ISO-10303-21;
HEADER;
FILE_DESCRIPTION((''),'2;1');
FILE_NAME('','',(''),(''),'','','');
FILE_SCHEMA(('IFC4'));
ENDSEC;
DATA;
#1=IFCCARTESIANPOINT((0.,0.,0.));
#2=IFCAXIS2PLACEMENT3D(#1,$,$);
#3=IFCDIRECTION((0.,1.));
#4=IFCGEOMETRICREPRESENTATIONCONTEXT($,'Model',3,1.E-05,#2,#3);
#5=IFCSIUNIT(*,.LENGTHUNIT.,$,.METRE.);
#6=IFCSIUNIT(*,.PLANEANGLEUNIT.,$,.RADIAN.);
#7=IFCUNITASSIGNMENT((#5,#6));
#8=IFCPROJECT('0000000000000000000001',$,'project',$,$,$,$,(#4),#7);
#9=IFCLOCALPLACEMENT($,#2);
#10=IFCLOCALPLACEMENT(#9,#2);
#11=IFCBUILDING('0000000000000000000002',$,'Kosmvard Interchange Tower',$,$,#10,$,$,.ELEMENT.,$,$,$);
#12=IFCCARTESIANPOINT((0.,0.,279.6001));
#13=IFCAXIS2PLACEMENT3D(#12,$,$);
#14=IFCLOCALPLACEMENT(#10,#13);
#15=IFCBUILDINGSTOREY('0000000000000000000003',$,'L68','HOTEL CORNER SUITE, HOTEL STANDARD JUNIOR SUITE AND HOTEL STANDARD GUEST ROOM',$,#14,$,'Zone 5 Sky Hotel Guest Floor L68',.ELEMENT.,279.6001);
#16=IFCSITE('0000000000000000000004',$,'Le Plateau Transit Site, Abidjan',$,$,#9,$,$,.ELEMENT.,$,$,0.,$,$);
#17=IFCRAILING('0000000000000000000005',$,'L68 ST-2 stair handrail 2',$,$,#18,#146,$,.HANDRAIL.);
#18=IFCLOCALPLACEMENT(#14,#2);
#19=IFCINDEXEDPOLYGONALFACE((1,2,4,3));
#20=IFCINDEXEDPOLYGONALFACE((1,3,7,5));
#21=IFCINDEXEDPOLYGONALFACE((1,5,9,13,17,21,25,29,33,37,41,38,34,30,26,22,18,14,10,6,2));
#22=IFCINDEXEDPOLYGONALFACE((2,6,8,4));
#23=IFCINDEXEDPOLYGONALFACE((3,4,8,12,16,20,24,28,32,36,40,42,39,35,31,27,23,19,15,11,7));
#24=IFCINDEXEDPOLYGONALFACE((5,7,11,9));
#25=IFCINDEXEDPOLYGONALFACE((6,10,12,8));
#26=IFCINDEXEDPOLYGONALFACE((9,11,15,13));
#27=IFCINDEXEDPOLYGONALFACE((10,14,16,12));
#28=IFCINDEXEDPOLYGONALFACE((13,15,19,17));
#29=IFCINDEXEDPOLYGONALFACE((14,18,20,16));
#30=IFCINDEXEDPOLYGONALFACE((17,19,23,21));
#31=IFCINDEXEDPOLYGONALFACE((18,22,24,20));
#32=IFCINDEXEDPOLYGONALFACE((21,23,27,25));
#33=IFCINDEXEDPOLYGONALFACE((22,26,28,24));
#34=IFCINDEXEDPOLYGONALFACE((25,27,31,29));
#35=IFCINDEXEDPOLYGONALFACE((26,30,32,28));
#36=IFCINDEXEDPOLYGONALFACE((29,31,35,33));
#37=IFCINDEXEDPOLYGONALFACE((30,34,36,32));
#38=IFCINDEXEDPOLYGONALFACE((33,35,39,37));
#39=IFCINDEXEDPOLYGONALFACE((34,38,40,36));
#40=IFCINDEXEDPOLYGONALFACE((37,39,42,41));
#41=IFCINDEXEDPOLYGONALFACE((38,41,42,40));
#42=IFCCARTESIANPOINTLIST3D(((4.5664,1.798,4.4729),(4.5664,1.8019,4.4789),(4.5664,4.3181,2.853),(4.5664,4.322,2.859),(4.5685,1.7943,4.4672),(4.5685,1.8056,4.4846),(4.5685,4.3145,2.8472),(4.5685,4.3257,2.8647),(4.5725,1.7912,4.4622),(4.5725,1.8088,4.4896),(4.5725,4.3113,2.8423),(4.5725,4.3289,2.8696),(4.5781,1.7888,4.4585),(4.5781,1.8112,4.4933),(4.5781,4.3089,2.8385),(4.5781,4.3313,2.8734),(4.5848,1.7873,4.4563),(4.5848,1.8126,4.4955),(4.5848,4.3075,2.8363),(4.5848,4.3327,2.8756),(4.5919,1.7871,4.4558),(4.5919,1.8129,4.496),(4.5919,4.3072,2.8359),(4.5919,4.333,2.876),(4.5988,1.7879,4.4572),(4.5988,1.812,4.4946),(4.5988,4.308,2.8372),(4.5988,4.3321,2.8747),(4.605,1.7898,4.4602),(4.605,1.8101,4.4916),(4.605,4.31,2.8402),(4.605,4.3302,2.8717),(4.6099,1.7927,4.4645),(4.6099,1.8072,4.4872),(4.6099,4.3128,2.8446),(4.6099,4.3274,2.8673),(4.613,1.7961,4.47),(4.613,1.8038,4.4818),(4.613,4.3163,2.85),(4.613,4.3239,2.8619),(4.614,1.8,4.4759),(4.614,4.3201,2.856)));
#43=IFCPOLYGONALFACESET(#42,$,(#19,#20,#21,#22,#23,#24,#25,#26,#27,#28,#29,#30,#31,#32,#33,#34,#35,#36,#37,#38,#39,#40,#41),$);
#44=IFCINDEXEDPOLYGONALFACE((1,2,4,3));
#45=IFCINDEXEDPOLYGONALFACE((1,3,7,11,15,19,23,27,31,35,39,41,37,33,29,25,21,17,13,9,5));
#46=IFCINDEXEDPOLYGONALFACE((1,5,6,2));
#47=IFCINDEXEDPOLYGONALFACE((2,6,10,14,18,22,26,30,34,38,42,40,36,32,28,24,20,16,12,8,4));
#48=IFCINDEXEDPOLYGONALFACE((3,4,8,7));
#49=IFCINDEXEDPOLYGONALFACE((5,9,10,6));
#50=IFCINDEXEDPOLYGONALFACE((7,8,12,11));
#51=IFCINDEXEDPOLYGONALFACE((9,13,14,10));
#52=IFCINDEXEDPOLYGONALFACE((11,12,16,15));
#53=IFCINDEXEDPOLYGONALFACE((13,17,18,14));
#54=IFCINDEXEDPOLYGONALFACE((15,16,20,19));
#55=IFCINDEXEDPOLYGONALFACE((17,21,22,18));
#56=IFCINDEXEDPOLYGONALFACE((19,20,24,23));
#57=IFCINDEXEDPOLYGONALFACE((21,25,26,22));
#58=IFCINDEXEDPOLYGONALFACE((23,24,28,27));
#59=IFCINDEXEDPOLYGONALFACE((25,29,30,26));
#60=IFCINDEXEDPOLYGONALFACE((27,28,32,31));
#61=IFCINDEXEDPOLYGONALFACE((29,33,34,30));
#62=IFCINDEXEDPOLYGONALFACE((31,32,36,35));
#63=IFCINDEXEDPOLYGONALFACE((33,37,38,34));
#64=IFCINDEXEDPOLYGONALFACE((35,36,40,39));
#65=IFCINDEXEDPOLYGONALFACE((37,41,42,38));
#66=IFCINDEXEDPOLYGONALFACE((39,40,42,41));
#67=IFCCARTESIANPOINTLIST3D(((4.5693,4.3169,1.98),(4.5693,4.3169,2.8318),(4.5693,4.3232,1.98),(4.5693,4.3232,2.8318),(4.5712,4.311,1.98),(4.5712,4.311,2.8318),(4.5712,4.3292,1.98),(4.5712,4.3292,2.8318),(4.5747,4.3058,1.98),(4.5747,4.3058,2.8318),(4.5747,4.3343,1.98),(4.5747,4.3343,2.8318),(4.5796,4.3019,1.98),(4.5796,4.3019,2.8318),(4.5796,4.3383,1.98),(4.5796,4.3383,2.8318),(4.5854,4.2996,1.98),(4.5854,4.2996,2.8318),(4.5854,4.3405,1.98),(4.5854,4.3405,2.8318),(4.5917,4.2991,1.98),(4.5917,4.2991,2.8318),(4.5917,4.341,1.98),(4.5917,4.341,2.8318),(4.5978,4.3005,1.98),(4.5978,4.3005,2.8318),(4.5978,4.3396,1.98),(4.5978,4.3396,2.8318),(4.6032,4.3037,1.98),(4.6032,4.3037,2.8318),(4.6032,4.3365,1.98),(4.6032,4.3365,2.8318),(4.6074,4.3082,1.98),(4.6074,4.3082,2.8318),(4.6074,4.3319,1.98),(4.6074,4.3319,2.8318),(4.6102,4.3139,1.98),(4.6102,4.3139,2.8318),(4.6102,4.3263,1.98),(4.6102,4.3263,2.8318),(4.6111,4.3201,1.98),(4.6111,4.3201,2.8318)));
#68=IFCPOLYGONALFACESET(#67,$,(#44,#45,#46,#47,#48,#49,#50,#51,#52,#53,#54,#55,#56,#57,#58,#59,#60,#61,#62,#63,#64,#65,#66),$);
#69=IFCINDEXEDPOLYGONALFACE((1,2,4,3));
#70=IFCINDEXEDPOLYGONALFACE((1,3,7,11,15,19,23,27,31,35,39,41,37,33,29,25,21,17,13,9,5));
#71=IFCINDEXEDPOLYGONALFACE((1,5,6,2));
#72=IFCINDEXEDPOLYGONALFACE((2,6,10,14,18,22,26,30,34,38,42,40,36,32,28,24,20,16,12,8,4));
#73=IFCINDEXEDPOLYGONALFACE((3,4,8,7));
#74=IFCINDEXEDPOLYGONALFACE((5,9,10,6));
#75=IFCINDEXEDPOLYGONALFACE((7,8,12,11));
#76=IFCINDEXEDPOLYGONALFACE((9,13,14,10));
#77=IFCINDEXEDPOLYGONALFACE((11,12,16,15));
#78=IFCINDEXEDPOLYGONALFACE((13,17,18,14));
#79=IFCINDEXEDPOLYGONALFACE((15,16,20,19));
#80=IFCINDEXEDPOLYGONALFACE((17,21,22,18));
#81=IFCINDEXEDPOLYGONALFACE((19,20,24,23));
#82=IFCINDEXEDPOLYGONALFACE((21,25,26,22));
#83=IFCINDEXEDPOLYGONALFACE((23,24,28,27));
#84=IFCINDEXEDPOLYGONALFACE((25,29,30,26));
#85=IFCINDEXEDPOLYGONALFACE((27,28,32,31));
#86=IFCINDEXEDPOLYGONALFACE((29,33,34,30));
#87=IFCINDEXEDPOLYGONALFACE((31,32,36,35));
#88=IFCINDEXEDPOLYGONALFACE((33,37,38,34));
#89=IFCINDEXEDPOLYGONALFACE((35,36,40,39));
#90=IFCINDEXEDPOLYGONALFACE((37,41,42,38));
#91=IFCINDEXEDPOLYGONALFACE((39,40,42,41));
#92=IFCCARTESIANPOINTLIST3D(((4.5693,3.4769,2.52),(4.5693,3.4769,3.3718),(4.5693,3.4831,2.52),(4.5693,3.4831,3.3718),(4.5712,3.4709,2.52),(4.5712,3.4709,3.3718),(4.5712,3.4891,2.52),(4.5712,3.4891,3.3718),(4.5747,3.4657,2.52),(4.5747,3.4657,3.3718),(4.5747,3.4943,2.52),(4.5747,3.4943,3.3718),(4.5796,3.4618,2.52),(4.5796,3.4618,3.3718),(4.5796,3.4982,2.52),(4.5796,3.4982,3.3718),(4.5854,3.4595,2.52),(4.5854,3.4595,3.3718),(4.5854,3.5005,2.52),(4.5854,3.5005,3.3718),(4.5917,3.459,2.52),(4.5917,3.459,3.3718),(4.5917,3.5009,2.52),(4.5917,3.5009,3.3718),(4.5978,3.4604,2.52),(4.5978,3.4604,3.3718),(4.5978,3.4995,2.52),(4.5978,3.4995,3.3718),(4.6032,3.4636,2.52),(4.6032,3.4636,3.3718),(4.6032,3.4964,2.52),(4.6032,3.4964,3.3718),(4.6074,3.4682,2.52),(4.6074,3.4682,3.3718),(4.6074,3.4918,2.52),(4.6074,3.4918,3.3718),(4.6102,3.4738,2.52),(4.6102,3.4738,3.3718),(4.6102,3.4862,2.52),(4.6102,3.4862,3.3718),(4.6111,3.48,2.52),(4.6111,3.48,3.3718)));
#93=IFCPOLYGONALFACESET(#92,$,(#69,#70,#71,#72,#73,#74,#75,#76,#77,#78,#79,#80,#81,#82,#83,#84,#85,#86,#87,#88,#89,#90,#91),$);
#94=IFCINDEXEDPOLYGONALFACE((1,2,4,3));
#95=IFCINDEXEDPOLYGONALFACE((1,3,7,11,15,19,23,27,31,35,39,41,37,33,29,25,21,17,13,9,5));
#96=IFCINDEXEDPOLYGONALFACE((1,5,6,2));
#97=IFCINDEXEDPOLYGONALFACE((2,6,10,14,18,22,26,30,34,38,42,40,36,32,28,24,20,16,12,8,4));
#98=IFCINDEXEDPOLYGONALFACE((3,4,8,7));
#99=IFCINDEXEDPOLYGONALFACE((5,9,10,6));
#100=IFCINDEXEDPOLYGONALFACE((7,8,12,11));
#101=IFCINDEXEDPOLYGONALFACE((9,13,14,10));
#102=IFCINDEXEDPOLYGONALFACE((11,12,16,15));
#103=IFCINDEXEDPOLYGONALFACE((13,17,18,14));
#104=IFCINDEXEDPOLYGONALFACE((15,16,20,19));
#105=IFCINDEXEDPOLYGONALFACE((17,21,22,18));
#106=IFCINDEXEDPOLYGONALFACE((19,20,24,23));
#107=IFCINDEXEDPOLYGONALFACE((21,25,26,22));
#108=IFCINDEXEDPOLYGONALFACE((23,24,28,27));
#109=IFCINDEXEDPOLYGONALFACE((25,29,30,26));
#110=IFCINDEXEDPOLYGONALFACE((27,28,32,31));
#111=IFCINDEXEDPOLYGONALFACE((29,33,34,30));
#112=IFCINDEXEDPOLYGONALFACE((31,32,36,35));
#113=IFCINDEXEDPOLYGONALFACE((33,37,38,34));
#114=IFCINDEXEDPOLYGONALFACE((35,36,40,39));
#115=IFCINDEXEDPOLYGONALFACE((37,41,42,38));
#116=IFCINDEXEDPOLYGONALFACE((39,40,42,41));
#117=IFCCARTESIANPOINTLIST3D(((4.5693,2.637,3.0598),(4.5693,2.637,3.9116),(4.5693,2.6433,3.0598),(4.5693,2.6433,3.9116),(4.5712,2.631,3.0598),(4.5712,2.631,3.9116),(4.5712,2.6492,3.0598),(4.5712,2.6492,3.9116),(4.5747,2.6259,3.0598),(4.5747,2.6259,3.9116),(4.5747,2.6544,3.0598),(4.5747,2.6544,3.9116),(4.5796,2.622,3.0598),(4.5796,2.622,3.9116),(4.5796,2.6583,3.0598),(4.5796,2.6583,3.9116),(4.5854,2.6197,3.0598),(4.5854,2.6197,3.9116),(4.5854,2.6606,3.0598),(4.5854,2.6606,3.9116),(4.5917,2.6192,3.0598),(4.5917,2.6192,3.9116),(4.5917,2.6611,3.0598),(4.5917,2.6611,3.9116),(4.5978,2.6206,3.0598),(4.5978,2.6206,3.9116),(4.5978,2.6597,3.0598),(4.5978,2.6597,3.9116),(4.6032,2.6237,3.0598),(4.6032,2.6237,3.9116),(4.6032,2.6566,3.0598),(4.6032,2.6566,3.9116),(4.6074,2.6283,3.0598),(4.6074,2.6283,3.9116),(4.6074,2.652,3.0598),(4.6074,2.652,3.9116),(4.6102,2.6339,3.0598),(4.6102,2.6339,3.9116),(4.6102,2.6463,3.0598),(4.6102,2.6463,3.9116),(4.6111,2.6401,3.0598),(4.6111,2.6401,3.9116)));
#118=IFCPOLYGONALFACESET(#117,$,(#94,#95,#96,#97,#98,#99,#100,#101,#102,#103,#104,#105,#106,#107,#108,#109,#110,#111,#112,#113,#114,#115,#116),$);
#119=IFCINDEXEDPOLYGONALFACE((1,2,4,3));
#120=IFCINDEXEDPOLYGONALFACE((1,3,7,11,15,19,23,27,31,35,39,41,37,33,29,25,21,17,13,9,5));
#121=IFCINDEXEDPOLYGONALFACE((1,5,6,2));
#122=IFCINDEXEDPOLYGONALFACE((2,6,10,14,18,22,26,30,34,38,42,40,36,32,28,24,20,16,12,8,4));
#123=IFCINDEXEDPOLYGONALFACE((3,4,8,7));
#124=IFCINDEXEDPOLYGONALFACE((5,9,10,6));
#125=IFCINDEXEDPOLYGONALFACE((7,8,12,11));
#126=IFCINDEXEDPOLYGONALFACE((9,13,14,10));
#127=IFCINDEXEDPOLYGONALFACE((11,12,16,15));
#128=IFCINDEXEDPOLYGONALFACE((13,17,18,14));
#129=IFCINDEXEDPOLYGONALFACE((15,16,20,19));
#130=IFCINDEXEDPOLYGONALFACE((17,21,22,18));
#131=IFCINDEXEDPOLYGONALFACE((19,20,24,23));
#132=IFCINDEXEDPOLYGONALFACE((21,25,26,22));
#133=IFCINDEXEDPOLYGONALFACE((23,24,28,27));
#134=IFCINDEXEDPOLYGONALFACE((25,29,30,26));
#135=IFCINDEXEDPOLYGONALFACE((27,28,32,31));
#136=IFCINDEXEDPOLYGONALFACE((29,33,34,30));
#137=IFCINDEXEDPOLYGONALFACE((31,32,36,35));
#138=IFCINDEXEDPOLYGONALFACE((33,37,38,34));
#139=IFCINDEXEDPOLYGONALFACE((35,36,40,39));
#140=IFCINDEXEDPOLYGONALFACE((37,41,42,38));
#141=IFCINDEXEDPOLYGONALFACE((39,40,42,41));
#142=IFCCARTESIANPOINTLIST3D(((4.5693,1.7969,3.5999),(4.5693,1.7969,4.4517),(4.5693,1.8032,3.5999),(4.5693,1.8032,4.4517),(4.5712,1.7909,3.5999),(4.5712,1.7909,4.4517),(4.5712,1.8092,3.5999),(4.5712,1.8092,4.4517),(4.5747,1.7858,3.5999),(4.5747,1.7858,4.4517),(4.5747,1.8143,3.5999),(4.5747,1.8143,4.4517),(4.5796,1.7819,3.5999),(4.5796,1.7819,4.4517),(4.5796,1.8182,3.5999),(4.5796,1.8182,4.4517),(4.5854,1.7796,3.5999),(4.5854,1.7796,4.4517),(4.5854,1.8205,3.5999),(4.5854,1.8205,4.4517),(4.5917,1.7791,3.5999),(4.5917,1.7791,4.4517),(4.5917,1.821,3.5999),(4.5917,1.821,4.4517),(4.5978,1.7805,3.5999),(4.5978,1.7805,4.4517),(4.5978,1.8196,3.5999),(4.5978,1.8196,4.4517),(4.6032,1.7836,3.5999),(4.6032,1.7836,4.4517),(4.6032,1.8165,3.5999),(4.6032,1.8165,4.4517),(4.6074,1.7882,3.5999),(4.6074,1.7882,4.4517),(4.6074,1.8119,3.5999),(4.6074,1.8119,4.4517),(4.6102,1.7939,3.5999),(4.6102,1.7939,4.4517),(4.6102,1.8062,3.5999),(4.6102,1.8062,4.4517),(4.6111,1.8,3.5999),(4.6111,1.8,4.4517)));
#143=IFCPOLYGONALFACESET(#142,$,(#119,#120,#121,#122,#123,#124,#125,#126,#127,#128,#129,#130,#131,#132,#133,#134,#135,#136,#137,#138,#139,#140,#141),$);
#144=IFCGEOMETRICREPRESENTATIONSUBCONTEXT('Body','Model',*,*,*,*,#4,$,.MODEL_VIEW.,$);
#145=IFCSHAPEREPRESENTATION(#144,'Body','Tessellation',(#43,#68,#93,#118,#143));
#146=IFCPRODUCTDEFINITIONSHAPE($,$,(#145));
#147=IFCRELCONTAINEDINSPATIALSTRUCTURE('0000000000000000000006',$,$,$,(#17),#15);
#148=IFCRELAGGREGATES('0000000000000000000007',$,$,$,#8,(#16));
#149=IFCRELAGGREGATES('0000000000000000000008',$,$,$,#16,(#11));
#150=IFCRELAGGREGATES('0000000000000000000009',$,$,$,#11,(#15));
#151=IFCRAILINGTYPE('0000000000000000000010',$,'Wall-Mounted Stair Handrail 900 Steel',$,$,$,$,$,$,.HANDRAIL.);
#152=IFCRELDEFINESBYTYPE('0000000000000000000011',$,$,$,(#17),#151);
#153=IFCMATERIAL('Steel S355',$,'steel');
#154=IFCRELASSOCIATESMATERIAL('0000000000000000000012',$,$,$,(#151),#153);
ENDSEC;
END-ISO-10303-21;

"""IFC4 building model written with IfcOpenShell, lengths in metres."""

from ifc_helpers import new_model, si_unit, direction, frame, origin, origin_2d, place, context, subcontext, project, spatial, circle, extrude, source, transform, mapped, material, type_object, element, save


model = new_model("IFC4")

# Units and contexts
model_context = context("Model", 3, precision=1e-05, world=origin(), true_north=direction((0.0, 1.0)))
body_context = subcontext(model_context, "Body", "Model", "MODEL_VIEW")
ifc_project = project(units=[si_unit("LENGTHUNIT", "METRE"), si_unit("PLANEANGLEUNIT", "RADIAN")], contexts=[model_context])

# Site, building, storey
site_placement = place(None, origin())
site = spatial("IfcSite", under=ifc_project, at=site_placement, Name="Le Plateau Transit Site, Abidjan", CompositionType="ELEMENT", RefElevation=0.0)
building_placement = place(site_placement, origin())
building = spatial("IfcBuilding", under=site, at=building_placement, Name="Kosmvard Interchange Tower", CompositionType="ELEMENT")
storey_placement = place(building_placement, frame((0.0, 0.0, 279.6001)))
storey = spatial("IfcBuildingStorey", under=building, at=storey_placement, Name="L68", Description="HOTEL CORNER SUITE, HOTEL STANDARD JUNIOR SUITE AND HOTEL STANDARD GUEST ROOM", LongName="Zone 5 Sky Hotel Guest Floor L68", CompositionType="ELEMENT", Elevation=279.6001)

# Shared definitions
ifc_material_1 = material(Name="Steel S355", Category="steel")

# Railing
railing_type_1 = type_object("IfcRailingType", Name="Wall-Mounted Stair Handrail 900 Steel", PredefinedType="HANDRAIL", material=ifc_material_1)
shared_shape_1 = source(origin(), body_context, "Body", "SweptSolid", [
    extrude(circle(Radius=0.0239, at=origin_2d()), frame((0.0, 0.0, 0.876), z_axis=(0.0, -0.8412, 0.540725), x_axis=(1.0, 0.0, 0.0)), (0.0, 0.0, 1.0), 2.9958),
    extrude(circle(Radius=0.021, at=origin_2d()), origin(), (0.0, 0.0, 1.0), 0.8518),
    extrude(circle(Radius=0.021, at=origin_2d()), frame((0.0, -0.8401, 0.54)), (0.0, 0.0, 1.0), 0.8518),
    extrude(circle(Radius=0.021, at=origin_2d()), frame((0.0, -1.6799, 1.0798)), (0.0, 0.0, 1.0), 0.8518),
    extrude(circle(Radius=0.021, at=origin_2d()), frame((0.0, -2.52, 1.6199)), (0.0, 0.0, 1.0), 0.8518),
])
railing_1_placement = place(storey_placement, frame((4.5901, 4.3201, 1.98)))
element("IfcRailing", 1, at=railing_1_placement, inside=storey, type_object=railing_type_1, Name="L68 ST-2 stair handrail 2", PredefinedType="HANDRAIL", context=body_context, shape_type="MappedRepresentation", body=[
    mapped(shared_shape_1, transform((0.0, 0.0, 0.0), scale=1.0)),
])

save(model, "model.ifc")
